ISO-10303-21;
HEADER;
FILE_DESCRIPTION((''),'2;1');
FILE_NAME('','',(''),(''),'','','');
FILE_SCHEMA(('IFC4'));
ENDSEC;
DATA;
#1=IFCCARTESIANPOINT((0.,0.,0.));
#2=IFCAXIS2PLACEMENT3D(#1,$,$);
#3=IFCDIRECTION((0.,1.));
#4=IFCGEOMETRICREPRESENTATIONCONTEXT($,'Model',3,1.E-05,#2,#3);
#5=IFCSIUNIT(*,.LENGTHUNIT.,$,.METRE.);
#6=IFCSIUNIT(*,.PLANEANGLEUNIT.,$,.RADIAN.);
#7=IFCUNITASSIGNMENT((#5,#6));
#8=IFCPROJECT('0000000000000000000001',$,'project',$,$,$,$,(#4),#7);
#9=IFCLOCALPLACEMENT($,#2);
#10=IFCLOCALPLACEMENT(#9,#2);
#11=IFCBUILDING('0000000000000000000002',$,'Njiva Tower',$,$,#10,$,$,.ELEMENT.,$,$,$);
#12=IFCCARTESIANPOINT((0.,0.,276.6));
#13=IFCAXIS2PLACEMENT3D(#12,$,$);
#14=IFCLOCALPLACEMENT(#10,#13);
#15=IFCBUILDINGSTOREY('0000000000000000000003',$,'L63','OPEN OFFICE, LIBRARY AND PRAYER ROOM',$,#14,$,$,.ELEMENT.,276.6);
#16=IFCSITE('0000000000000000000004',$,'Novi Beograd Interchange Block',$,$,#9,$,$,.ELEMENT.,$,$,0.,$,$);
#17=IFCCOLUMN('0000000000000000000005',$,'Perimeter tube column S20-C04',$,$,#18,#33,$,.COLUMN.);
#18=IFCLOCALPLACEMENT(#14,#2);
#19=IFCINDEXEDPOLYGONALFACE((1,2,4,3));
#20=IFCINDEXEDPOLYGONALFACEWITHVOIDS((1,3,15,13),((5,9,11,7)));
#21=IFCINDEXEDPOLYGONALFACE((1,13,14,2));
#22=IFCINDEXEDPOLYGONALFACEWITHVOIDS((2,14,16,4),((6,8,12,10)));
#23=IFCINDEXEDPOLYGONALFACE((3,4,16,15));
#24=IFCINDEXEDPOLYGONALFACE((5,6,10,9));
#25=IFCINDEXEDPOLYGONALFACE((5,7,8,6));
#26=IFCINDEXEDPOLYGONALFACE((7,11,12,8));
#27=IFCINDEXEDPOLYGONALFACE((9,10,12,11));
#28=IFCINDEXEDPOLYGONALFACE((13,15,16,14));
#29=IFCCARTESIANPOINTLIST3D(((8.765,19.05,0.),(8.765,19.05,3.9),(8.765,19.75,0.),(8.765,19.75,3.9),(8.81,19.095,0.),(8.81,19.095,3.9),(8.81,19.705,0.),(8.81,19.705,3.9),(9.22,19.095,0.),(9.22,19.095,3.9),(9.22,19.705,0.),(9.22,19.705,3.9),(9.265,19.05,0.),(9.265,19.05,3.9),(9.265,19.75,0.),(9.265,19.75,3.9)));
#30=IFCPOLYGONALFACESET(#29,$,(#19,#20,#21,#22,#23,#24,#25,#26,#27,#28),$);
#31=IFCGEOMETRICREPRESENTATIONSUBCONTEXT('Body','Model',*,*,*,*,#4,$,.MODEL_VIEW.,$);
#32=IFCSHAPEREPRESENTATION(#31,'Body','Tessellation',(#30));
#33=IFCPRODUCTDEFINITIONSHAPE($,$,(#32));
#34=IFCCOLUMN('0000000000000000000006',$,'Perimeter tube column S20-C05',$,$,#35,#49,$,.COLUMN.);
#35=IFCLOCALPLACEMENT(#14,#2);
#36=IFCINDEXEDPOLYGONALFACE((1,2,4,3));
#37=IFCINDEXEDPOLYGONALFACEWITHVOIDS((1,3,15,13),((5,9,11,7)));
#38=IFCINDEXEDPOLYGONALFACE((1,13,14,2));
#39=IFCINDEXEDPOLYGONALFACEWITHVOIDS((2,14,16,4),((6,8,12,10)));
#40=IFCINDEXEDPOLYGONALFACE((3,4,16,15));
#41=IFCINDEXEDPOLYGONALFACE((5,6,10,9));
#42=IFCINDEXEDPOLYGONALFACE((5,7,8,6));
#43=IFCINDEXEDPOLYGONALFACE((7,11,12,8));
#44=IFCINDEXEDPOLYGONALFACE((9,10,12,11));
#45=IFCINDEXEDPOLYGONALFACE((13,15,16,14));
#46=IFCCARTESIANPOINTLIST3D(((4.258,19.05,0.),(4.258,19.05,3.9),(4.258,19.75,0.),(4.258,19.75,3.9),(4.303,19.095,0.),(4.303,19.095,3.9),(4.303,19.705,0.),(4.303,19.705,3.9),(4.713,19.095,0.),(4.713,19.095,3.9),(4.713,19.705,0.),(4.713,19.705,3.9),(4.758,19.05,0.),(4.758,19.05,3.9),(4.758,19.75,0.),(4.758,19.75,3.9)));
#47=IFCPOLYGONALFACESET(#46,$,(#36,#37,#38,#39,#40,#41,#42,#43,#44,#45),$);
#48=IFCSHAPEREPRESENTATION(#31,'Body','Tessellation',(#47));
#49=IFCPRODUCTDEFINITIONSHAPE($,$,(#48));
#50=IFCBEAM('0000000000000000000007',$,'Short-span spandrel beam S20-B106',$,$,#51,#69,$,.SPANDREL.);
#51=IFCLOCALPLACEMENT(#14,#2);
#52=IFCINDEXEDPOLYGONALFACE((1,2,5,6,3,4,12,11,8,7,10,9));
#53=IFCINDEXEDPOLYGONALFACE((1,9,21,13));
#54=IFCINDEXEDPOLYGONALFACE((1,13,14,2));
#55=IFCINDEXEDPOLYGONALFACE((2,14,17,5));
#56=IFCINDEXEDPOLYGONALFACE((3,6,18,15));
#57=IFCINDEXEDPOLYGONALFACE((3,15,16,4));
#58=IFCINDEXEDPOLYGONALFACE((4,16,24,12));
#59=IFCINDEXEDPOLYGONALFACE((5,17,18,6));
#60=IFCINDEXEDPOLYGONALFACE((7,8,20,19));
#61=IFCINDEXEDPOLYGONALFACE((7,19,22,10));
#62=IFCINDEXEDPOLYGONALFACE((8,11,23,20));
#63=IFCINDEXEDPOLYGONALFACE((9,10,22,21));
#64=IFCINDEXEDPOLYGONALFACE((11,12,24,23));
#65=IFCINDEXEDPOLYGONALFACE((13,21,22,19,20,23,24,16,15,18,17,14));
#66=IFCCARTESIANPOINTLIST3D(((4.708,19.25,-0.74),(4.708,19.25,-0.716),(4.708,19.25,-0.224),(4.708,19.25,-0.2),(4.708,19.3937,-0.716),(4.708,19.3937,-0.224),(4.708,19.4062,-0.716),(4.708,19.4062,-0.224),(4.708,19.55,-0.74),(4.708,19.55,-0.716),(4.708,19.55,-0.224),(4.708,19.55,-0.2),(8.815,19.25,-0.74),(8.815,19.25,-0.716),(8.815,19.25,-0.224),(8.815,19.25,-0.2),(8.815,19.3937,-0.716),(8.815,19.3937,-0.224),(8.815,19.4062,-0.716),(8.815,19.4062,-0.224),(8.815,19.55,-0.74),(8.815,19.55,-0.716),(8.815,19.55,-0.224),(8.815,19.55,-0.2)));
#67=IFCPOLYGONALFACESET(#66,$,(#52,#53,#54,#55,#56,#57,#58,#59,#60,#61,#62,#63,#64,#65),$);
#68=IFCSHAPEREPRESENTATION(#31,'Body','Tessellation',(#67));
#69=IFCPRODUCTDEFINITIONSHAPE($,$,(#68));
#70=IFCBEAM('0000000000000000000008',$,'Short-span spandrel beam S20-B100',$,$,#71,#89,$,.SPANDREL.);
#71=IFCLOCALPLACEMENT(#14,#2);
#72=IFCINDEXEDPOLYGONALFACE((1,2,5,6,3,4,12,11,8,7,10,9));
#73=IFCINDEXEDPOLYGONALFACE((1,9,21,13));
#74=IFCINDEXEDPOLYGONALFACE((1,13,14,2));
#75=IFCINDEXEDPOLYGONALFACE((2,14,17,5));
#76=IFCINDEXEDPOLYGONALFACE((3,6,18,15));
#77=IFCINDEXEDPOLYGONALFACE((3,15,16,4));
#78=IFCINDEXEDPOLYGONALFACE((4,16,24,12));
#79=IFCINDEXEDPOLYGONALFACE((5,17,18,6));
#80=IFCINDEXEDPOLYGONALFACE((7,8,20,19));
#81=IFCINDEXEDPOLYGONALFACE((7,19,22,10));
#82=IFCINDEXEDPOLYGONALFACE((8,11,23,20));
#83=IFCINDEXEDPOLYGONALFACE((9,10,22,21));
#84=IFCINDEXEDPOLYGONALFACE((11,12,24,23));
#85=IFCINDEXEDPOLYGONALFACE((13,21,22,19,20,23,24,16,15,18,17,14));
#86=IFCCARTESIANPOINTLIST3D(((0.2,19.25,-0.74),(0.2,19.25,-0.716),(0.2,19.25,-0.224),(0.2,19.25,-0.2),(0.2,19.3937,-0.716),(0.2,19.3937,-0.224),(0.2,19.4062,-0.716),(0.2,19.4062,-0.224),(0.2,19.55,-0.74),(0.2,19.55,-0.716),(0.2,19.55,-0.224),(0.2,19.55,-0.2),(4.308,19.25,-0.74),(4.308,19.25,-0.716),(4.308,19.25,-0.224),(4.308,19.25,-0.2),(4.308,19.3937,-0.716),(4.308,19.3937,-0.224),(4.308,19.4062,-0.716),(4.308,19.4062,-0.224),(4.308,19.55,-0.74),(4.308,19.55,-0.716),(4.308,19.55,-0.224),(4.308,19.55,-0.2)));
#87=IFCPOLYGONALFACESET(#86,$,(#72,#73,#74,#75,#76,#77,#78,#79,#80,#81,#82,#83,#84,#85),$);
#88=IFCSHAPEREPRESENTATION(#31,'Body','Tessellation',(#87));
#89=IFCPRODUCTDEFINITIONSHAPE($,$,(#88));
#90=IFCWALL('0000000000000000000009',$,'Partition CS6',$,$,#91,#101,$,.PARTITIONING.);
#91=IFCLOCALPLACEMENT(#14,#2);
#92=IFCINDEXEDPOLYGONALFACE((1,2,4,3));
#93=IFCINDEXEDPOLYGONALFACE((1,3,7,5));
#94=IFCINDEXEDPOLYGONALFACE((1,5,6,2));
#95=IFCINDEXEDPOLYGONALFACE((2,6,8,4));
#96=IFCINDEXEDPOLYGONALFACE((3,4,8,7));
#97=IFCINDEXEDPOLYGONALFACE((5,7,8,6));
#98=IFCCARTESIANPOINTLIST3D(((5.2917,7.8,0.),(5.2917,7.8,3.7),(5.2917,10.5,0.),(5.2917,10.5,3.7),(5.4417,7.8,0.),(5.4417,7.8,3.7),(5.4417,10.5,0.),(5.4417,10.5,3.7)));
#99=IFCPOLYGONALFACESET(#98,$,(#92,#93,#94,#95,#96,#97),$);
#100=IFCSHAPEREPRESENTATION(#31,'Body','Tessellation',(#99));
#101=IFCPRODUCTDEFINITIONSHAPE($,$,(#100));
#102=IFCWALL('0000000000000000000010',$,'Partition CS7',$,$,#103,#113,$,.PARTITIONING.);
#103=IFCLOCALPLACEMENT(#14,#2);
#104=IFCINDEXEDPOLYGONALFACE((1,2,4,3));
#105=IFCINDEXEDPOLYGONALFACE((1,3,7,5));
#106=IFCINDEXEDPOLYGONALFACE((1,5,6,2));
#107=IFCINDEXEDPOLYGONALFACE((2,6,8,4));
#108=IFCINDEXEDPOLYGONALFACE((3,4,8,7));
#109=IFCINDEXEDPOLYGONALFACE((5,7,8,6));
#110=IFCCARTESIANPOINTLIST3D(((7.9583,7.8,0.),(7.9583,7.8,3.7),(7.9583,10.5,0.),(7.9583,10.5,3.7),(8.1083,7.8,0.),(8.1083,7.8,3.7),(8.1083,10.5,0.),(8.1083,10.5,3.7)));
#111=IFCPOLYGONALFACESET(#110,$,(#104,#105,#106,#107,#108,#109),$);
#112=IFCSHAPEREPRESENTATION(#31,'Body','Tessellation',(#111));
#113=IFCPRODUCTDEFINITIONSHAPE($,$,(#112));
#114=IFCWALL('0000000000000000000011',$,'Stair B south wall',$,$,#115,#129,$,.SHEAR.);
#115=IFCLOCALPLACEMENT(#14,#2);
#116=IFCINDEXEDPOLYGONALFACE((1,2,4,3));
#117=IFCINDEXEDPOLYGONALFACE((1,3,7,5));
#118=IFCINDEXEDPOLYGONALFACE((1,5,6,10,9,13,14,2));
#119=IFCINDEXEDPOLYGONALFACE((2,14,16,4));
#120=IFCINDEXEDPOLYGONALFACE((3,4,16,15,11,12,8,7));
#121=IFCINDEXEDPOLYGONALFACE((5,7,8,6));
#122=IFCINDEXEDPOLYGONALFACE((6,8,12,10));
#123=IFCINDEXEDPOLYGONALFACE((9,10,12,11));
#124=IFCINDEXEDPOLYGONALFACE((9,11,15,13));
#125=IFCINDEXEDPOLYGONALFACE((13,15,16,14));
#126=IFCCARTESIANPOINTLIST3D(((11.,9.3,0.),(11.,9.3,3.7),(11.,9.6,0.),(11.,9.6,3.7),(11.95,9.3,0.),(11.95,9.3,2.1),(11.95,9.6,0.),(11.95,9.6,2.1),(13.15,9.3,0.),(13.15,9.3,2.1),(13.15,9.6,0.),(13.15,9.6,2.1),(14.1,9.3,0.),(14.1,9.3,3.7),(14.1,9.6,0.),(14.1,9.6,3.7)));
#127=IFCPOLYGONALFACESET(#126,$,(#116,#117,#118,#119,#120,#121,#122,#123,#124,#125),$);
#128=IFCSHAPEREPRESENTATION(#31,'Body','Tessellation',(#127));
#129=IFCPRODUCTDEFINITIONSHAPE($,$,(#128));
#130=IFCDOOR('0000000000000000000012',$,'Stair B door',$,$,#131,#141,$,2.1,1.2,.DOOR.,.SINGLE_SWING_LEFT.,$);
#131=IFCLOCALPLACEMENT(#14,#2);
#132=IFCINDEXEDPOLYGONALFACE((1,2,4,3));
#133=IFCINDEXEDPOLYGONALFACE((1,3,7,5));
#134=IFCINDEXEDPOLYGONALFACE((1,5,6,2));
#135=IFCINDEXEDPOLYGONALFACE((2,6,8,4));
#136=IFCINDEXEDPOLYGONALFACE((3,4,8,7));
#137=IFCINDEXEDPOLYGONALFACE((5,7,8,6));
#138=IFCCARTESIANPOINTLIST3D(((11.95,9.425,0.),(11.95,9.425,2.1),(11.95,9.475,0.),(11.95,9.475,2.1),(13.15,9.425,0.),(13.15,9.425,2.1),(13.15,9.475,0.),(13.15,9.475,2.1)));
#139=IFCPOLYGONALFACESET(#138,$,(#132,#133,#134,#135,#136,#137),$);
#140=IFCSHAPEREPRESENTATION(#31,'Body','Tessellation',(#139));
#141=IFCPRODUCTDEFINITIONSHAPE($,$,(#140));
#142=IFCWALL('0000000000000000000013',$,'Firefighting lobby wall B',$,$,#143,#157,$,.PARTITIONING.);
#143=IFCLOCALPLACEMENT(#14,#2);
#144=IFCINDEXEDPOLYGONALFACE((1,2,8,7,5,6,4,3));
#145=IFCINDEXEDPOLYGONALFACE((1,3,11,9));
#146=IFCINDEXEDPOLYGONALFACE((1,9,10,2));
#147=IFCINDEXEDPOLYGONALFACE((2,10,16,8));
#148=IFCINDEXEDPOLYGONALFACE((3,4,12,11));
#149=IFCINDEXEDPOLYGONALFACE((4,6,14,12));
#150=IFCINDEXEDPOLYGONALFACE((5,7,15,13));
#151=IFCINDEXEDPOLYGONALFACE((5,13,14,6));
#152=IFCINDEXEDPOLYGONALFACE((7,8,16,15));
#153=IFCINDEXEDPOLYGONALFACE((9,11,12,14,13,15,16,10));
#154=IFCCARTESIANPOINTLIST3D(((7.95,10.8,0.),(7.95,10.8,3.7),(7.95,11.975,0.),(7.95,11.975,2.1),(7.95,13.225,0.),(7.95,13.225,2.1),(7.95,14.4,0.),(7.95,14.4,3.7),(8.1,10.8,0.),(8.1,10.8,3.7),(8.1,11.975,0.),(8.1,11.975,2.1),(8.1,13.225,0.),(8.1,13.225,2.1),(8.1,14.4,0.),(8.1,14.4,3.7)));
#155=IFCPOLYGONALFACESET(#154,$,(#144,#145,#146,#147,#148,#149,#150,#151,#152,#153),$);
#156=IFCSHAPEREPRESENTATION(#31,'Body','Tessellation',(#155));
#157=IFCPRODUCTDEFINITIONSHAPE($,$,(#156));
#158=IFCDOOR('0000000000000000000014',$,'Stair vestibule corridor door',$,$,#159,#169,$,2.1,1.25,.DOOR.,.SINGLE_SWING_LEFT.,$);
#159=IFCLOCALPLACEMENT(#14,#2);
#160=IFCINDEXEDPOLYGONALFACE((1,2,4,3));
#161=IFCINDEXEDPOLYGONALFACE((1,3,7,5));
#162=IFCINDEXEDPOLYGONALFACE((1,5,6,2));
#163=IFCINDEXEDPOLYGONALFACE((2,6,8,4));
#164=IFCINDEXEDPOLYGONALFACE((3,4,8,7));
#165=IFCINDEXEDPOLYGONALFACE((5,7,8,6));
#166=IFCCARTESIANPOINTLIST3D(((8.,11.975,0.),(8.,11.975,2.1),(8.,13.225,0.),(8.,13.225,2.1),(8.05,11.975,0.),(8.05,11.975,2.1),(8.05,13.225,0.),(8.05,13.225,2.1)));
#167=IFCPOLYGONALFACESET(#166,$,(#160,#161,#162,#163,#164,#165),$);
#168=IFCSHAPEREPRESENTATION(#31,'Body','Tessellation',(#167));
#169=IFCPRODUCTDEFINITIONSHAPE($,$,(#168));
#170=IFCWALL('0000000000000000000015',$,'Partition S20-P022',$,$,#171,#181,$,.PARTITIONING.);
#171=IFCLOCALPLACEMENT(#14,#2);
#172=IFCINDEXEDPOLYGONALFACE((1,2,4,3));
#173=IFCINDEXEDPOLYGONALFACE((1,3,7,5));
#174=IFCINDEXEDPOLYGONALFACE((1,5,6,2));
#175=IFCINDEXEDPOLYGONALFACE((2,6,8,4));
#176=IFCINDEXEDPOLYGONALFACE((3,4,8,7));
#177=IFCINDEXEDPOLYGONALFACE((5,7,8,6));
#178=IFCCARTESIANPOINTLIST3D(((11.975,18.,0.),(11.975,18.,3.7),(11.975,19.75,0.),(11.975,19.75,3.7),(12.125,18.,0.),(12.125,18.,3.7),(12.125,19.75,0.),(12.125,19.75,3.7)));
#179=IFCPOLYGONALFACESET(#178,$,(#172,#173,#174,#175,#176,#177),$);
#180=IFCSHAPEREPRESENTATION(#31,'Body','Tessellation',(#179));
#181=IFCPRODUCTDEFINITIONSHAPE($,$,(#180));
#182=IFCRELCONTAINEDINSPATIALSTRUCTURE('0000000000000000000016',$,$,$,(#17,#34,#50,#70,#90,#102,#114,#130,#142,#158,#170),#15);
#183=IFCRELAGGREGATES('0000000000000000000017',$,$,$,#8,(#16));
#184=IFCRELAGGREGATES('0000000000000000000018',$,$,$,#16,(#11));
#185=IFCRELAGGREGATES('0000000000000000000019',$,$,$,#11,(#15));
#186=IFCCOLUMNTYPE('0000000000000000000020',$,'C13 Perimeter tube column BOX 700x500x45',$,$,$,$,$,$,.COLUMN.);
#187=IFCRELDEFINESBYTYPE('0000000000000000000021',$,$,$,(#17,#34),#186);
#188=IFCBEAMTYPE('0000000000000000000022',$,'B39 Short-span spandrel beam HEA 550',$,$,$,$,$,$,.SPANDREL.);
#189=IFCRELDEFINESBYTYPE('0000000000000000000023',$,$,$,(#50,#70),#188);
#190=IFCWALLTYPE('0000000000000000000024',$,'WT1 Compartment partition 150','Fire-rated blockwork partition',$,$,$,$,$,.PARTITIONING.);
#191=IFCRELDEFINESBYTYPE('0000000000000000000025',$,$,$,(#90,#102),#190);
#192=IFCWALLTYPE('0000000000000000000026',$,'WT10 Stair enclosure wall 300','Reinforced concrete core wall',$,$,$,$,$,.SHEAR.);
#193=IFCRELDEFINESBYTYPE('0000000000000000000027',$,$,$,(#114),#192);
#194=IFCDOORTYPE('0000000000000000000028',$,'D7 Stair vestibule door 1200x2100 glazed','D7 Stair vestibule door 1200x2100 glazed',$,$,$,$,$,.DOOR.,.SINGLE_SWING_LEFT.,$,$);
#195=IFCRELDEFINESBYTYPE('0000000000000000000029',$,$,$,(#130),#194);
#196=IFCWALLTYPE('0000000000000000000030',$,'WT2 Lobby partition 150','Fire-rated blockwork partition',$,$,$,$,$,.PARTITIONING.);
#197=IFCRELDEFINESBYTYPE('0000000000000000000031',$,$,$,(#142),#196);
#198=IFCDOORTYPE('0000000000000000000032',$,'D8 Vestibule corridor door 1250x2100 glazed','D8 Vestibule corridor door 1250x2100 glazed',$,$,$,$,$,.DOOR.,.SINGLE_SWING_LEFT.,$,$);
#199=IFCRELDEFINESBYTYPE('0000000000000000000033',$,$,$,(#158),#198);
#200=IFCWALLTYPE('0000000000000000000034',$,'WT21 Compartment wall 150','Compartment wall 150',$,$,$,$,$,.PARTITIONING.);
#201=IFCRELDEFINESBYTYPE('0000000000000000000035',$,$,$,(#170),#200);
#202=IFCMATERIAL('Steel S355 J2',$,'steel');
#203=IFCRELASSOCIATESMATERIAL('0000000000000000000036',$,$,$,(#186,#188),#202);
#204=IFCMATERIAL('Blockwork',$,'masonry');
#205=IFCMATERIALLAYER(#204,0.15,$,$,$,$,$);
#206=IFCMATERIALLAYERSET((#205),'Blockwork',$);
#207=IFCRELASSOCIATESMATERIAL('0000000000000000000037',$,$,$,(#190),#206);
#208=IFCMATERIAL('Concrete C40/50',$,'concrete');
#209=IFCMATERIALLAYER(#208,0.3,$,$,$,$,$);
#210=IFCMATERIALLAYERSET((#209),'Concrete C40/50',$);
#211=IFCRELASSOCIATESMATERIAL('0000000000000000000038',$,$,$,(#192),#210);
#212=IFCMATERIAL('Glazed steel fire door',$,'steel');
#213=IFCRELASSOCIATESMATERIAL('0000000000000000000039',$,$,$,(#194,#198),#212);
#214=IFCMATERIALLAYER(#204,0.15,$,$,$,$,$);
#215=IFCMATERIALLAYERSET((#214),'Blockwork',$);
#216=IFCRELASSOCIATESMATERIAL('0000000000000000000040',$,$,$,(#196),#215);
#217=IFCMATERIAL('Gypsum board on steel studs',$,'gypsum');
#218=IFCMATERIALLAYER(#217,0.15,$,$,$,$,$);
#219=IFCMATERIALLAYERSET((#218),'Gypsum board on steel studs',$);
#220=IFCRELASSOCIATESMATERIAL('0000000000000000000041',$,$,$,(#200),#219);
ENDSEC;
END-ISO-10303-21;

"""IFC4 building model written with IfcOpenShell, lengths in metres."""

from ifc_helpers import new_model, si_unit, direction, frame, frame_2d, origin, origin_2d, place, context, subcontext, project, spatial, rectangle, hollow_rectangle, i_section, extrude, material, layer, layer_set, material_profile, profile_set, type_object, element, fill, save


model = new_model("IFC4")

# Units and contexts
model_context = context("Model", 3, precision=1e-05, world=origin(), true_north=direction((0.0, 1.0)))
body_context = subcontext(model_context, "Body", "Model", "MODEL_VIEW")
ifc_project = project(units=[si_unit("LENGTHUNIT", "METRE"), si_unit("PLANEANGLEUNIT", "RADIAN")], contexts=[model_context])

# Site, building, storey
site_placement = place(None, origin())
site = spatial("IfcSite", under=ifc_project, at=site_placement, Name="Novi Beograd Interchange Block", CompositionType="ELEMENT", RefElevation=0.0)
building_placement = place(site_placement, origin())
building = spatial("IfcBuilding", under=site, at=building_placement, Name="Njiva Tower", CompositionType="ELEMENT")
storey_placement = place(building_placement, frame((0.0, 0.0, 276.6)))
storey = spatial("IfcBuildingStorey", under=building, at=storey_placement, Name="L63", Description="OPEN OFFICE, LIBRARY AND PRAYER ROOM", CompositionType="ELEMENT", Elevation=276.6)

# Columns
ifc_material_1 = material(Name="Steel S355 J2", Category="steel")
ifc_material_profile_1 = material_profile(ifc_material_1, hollow_rectangle(XDim=0.5, YDim=0.7, WallThickness=0.045, at=origin_2d()), Name="BOX 700x500x45")
ifc_profile_set_1 = profile_set([ifc_material_profile_1], Name="Steel S355 J2")
column_type = type_object("IfcColumnType", Name="C13 Perimeter tube column BOX 700x500x45", PredefinedType="COLUMN", material=ifc_profile_set_1)
for number, where, z_axis, x_axis, name in (
    (1, (9.015, 19.4, 0.0), (0.0, 0.0, 1.0), (-1.0, 0.0, 0.0), "Perimeter tube column S20-C04"),
    (2, (4.508, 19.4, 0.0), (0.0, 0.0, 1.0), (-1.0, 0.0, 0.0), "Perimeter tube column S20-C05"),
):
    element("IfcColumn", number, at=place(storey_placement, frame(where, z_axis=z_axis, x_axis=x_axis)), inside=storey, type_object=column_type, Name=name, PredefinedType="COLUMN", context=body_context, shape_type="SweptSolid", body=[
        extrude(hollow_rectangle(XDim=0.5, YDim=0.7, WallThickness=0.045, at=origin_2d()), origin(), (0.0, 0.0, 1.0), 3.9),
    ])

# Beams
ifc_material_profile_2 = material_profile(ifc_material_1, i_section(OverallWidth=0.3, OverallDepth=0.54, WebThickness=0.0125, FlangeThickness=0.024, at=origin_2d()), Name="HEA 550")
ifc_profile_set_2 = profile_set([ifc_material_profile_2], Name="Steel S355 J2")
beam_type = type_object("IfcBeamType", Name="B39 Short-span spandrel beam HEA 550", PredefinedType="SPANDREL", material=ifc_profile_set_2)
beam_1_placement = place(storey_placement, frame((8.815, 19.4, -0.47), z_axis=(-1.0, 0.0, 0.0), x_axis=(0.0, -1.0, 0.0)))
element("IfcBeam", 3, at=beam_1_placement, inside=storey, type_object=beam_type, Name="Short-span spandrel beam S20-B106", PredefinedType="SPANDREL", context=body_context, shape_type="SweptSolid", body=[
    extrude(i_section(OverallWidth=0.3, OverallDepth=0.54, WebThickness=0.0125, FlangeThickness=0.024, at=origin_2d()), origin(), (0.0, 0.0, 1.0), 4.107),
])
beam_2_placement = place(storey_placement, frame((4.308, 19.4, -0.47), z_axis=(-1.0, 0.0, 0.0), x_axis=(0.0, -1.0, 0.0)))
element("IfcBeam", 4, at=beam_2_placement, inside=storey, type_object=beam_type, Name="Short-span spandrel beam S20-B100", PredefinedType="SPANDREL", context=body_context, shape_type="SweptSolid", body=[
    extrude(i_section(OverallWidth=0.3, OverallDepth=0.54, WebThickness=0.0125, FlangeThickness=0.024, at=origin_2d()), origin(), (0.0, 0.0, 1.0), 4.108),
])

# Walls
ifc_material_2 = material(Name="Blockwork", Category="masonry")
ifc_layer_1 = layer(ifc_material_2, 0.15)
ifc_layer_set_1 = layer_set([ifc_layer_1], Name="Blockwork")
wall_type_1 = type_object("IfcWallType", Name="WT1 Compartment partition 150", Description="Fire-rated blockwork partition", PredefinedType="PARTITIONING", material=ifc_layer_set_1)
for number, where, z_axis, x_axis, name in (
    (5, (5.3667, 7.8, 0.0), (0.0, 0.0, 1.0), (0.0, 1.0, 0.0), "Partition CS6"),
    (6, (8.0333, 7.8, 0.0), (0.0, 0.0, 1.0), (0.0, 1.0, 0.0), "Partition CS7"),
):
    element("IfcWall", number, at=place(storey_placement, frame(where, z_axis=z_axis, x_axis=x_axis)), inside=storey, type_object=wall_type_1, Name=name, PredefinedType="PARTITIONING", context=body_context, shape_type="SweptSolid", body=[
        extrude(rectangle(XDim=2.7, YDim=0.15, at=frame_2d((1.35, 0.0))), origin(), (0.0, 0.0, 1.0), 3.7),
    ])

# Walls, openings, doors
ifc_material_3 = material(Name="Concrete C40/50", Category="concrete")
ifc_layer_2 = layer(ifc_material_3, 0.3)
ifc_layer_set_2 = layer_set([ifc_layer_2], Name="Concrete C40/50")
wall_type_2 = type_object("IfcWallType", Name="WT10 Stair enclosure wall 300", Description="Reinforced concrete core wall", PredefinedType="SHEAR", material=ifc_layer_set_2)
wall_1_placement = place(storey_placement, frame((11.0, 9.45, 0.0), z_axis=(0.0, 0.0, 1.0), x_axis=(1.0, 0.0, 0.0)))
wall_1 = element("IfcWall", 7, at=wall_1_placement, inside=storey, type_object=wall_type_2, Name="Stair B south wall", PredefinedType="SHEAR", context=body_context, shape_type="SweptSolid", body=[
    extrude(rectangle(XDim=3.1, YDim=0.3, at=frame_2d((1.55, 0.0))), origin(), (0.0, 0.0, 1.0), 3.7),
])
opening_1_placement = place(wall_1_placement, frame((0.95, 0.0, 0.0)))
opening_1 = element("IfcOpeningElement", 8, at=opening_1_placement, cuts=wall_1, PredefinedType="OPENING", context=body_context, shape_type="SweptSolid", body=[
    extrude(rectangle(XDim=1.2, YDim=2.1, at=frame_2d((0.6, 1.05))), frame((0.0, 0.16, 0.0), z_axis=(0.0, -1.0, 0.0), x_axis=(1.0, 0.0, 0.0)), (0.0, 0.0, 1.0), 0.32),
])
ifc_material_4 = material(Name="Glazed steel fire door", Category="steel")
door_type_1 = type_object("IfcDoorType", Name="D7 Stair vestibule door 1200x2100 glazed", Description="D7 Stair vestibule door 1200x2100 glazed", OperationType="SINGLE_SWING_LEFT", PredefinedType="DOOR", material=ifc_material_4)
door_1_placement = place(opening_1_placement, origin())
door_1 = element("IfcDoor", 9, at=door_1_placement, inside=storey, type_object=door_type_1, Name="Stair B door", OperationType="SINGLE_SWING_LEFT", OverallHeight=2.1, OverallWidth=1.2, PredefinedType="DOOR", context=body_context, shape_type="SweptSolid", body=[
    extrude(rectangle(XDim=1.2, YDim=2.1, at=frame_2d((0.6, 1.05))), frame((0.0, 0.025, 0.0), z_axis=(0.0, -1.0, 0.0), x_axis=(1.0, 0.0, 0.0)), (0.0, 0.0, 1.0), 0.05),
])
fill(opening_1, door_1)
ifc_layer_3 = layer(ifc_material_2, 0.15)
ifc_layer_set_3 = layer_set([ifc_layer_3], Name="Blockwork")
wall_type_3 = type_object("IfcWallType", Name="WT2 Lobby partition 150", Description="Fire-rated blockwork partition", PredefinedType="PARTITIONING", material=ifc_layer_set_3)
wall_2_placement = place(storey_placement, frame((8.025, 10.8, 0.0), z_axis=(0.0, 0.0, 1.0), x_axis=(0.0, 1.0, 0.0)))
wall_2 = element("IfcWall", 10, at=wall_2_placement, inside=storey, type_object=wall_type_3, Name="Firefighting lobby wall B", PredefinedType="PARTITIONING", context=body_context, shape_type="SweptSolid", body=[
    extrude(rectangle(XDim=3.6, YDim=0.15, at=frame_2d((1.8, 0.0))), origin(), (0.0, 0.0, 1.0), 3.7),
])
opening_2_placement = place(wall_2_placement, frame((1.175, 0.0, 0.0)))
opening_2 = element("IfcOpeningElement", 11, at=opening_2_placement, cuts=wall_2, PredefinedType="OPENING", context=body_context, shape_type="SweptSolid", body=[
    extrude(rectangle(XDim=1.25, YDim=2.1, at=frame_2d((0.625, 1.05))), frame((0.0, 0.085, 0.0), z_axis=(0.0, -1.0, 0.0), x_axis=(1.0, 0.0, 0.0)), (0.0, 0.0, 1.0), 0.17),
])
door_type_2 = type_object("IfcDoorType", Name="D8 Vestibule corridor door 1250x2100 glazed", Description="D8 Vestibule corridor door 1250x2100 glazed", OperationType="SINGLE_SWING_LEFT", PredefinedType="DOOR", material=ifc_material_4)
door_2_placement = place(opening_2_placement, origin())
door_2 = element("IfcDoor", 12, at=door_2_placement, inside=storey, type_object=door_type_2, Name="Stair vestibule corridor door", OperationType="SINGLE_SWING_LEFT", OverallHeight=2.1, OverallWidth=1.25, PredefinedType="DOOR", context=body_context, shape_type="SweptSolid", body=[
    extrude(rectangle(XDim=1.25, YDim=2.1, at=frame_2d((0.625, 1.05))), frame((0.0, 0.025, 0.0), z_axis=(0.0, -1.0, 0.0), x_axis=(1.0, 0.0, 0.0)), (0.0, 0.0, 1.0), 0.05),
])
fill(opening_2, door_2)

# Wall
ifc_material_5 = material(Name="Gypsum board on steel studs", Category="gypsum")
ifc_layer_4 = layer(ifc_material_5, 0.15)
ifc_layer_set_4 = layer_set([ifc_layer_4], Name="Gypsum board on steel studs")
wall_type_4 = type_object("IfcWallType", Name="WT21 Compartment wall 150", Description="Compartment wall 150", PredefinedType="PARTITIONING", material=ifc_layer_set_4)
wall_3_placement = place(storey_placement, frame((12.05, 18.0, 0.0), z_axis=(0.0, 0.0, 1.0), x_axis=(0.0, 1.0, 0.0)))
element("IfcWall", 13, at=wall_3_placement, inside=storey, type_object=wall_type_4, Name="Partition S20-P022", PredefinedType="PARTITIONING", context=body_context, shape_type="SweptSolid", body=[
    extrude(rectangle(XDim=1.75, YDim=0.15, at=frame_2d((0.875, 0.0))), origin(), (0.0, 0.0, 1.0), 3.7),
])

save(model, "model.ifc")
